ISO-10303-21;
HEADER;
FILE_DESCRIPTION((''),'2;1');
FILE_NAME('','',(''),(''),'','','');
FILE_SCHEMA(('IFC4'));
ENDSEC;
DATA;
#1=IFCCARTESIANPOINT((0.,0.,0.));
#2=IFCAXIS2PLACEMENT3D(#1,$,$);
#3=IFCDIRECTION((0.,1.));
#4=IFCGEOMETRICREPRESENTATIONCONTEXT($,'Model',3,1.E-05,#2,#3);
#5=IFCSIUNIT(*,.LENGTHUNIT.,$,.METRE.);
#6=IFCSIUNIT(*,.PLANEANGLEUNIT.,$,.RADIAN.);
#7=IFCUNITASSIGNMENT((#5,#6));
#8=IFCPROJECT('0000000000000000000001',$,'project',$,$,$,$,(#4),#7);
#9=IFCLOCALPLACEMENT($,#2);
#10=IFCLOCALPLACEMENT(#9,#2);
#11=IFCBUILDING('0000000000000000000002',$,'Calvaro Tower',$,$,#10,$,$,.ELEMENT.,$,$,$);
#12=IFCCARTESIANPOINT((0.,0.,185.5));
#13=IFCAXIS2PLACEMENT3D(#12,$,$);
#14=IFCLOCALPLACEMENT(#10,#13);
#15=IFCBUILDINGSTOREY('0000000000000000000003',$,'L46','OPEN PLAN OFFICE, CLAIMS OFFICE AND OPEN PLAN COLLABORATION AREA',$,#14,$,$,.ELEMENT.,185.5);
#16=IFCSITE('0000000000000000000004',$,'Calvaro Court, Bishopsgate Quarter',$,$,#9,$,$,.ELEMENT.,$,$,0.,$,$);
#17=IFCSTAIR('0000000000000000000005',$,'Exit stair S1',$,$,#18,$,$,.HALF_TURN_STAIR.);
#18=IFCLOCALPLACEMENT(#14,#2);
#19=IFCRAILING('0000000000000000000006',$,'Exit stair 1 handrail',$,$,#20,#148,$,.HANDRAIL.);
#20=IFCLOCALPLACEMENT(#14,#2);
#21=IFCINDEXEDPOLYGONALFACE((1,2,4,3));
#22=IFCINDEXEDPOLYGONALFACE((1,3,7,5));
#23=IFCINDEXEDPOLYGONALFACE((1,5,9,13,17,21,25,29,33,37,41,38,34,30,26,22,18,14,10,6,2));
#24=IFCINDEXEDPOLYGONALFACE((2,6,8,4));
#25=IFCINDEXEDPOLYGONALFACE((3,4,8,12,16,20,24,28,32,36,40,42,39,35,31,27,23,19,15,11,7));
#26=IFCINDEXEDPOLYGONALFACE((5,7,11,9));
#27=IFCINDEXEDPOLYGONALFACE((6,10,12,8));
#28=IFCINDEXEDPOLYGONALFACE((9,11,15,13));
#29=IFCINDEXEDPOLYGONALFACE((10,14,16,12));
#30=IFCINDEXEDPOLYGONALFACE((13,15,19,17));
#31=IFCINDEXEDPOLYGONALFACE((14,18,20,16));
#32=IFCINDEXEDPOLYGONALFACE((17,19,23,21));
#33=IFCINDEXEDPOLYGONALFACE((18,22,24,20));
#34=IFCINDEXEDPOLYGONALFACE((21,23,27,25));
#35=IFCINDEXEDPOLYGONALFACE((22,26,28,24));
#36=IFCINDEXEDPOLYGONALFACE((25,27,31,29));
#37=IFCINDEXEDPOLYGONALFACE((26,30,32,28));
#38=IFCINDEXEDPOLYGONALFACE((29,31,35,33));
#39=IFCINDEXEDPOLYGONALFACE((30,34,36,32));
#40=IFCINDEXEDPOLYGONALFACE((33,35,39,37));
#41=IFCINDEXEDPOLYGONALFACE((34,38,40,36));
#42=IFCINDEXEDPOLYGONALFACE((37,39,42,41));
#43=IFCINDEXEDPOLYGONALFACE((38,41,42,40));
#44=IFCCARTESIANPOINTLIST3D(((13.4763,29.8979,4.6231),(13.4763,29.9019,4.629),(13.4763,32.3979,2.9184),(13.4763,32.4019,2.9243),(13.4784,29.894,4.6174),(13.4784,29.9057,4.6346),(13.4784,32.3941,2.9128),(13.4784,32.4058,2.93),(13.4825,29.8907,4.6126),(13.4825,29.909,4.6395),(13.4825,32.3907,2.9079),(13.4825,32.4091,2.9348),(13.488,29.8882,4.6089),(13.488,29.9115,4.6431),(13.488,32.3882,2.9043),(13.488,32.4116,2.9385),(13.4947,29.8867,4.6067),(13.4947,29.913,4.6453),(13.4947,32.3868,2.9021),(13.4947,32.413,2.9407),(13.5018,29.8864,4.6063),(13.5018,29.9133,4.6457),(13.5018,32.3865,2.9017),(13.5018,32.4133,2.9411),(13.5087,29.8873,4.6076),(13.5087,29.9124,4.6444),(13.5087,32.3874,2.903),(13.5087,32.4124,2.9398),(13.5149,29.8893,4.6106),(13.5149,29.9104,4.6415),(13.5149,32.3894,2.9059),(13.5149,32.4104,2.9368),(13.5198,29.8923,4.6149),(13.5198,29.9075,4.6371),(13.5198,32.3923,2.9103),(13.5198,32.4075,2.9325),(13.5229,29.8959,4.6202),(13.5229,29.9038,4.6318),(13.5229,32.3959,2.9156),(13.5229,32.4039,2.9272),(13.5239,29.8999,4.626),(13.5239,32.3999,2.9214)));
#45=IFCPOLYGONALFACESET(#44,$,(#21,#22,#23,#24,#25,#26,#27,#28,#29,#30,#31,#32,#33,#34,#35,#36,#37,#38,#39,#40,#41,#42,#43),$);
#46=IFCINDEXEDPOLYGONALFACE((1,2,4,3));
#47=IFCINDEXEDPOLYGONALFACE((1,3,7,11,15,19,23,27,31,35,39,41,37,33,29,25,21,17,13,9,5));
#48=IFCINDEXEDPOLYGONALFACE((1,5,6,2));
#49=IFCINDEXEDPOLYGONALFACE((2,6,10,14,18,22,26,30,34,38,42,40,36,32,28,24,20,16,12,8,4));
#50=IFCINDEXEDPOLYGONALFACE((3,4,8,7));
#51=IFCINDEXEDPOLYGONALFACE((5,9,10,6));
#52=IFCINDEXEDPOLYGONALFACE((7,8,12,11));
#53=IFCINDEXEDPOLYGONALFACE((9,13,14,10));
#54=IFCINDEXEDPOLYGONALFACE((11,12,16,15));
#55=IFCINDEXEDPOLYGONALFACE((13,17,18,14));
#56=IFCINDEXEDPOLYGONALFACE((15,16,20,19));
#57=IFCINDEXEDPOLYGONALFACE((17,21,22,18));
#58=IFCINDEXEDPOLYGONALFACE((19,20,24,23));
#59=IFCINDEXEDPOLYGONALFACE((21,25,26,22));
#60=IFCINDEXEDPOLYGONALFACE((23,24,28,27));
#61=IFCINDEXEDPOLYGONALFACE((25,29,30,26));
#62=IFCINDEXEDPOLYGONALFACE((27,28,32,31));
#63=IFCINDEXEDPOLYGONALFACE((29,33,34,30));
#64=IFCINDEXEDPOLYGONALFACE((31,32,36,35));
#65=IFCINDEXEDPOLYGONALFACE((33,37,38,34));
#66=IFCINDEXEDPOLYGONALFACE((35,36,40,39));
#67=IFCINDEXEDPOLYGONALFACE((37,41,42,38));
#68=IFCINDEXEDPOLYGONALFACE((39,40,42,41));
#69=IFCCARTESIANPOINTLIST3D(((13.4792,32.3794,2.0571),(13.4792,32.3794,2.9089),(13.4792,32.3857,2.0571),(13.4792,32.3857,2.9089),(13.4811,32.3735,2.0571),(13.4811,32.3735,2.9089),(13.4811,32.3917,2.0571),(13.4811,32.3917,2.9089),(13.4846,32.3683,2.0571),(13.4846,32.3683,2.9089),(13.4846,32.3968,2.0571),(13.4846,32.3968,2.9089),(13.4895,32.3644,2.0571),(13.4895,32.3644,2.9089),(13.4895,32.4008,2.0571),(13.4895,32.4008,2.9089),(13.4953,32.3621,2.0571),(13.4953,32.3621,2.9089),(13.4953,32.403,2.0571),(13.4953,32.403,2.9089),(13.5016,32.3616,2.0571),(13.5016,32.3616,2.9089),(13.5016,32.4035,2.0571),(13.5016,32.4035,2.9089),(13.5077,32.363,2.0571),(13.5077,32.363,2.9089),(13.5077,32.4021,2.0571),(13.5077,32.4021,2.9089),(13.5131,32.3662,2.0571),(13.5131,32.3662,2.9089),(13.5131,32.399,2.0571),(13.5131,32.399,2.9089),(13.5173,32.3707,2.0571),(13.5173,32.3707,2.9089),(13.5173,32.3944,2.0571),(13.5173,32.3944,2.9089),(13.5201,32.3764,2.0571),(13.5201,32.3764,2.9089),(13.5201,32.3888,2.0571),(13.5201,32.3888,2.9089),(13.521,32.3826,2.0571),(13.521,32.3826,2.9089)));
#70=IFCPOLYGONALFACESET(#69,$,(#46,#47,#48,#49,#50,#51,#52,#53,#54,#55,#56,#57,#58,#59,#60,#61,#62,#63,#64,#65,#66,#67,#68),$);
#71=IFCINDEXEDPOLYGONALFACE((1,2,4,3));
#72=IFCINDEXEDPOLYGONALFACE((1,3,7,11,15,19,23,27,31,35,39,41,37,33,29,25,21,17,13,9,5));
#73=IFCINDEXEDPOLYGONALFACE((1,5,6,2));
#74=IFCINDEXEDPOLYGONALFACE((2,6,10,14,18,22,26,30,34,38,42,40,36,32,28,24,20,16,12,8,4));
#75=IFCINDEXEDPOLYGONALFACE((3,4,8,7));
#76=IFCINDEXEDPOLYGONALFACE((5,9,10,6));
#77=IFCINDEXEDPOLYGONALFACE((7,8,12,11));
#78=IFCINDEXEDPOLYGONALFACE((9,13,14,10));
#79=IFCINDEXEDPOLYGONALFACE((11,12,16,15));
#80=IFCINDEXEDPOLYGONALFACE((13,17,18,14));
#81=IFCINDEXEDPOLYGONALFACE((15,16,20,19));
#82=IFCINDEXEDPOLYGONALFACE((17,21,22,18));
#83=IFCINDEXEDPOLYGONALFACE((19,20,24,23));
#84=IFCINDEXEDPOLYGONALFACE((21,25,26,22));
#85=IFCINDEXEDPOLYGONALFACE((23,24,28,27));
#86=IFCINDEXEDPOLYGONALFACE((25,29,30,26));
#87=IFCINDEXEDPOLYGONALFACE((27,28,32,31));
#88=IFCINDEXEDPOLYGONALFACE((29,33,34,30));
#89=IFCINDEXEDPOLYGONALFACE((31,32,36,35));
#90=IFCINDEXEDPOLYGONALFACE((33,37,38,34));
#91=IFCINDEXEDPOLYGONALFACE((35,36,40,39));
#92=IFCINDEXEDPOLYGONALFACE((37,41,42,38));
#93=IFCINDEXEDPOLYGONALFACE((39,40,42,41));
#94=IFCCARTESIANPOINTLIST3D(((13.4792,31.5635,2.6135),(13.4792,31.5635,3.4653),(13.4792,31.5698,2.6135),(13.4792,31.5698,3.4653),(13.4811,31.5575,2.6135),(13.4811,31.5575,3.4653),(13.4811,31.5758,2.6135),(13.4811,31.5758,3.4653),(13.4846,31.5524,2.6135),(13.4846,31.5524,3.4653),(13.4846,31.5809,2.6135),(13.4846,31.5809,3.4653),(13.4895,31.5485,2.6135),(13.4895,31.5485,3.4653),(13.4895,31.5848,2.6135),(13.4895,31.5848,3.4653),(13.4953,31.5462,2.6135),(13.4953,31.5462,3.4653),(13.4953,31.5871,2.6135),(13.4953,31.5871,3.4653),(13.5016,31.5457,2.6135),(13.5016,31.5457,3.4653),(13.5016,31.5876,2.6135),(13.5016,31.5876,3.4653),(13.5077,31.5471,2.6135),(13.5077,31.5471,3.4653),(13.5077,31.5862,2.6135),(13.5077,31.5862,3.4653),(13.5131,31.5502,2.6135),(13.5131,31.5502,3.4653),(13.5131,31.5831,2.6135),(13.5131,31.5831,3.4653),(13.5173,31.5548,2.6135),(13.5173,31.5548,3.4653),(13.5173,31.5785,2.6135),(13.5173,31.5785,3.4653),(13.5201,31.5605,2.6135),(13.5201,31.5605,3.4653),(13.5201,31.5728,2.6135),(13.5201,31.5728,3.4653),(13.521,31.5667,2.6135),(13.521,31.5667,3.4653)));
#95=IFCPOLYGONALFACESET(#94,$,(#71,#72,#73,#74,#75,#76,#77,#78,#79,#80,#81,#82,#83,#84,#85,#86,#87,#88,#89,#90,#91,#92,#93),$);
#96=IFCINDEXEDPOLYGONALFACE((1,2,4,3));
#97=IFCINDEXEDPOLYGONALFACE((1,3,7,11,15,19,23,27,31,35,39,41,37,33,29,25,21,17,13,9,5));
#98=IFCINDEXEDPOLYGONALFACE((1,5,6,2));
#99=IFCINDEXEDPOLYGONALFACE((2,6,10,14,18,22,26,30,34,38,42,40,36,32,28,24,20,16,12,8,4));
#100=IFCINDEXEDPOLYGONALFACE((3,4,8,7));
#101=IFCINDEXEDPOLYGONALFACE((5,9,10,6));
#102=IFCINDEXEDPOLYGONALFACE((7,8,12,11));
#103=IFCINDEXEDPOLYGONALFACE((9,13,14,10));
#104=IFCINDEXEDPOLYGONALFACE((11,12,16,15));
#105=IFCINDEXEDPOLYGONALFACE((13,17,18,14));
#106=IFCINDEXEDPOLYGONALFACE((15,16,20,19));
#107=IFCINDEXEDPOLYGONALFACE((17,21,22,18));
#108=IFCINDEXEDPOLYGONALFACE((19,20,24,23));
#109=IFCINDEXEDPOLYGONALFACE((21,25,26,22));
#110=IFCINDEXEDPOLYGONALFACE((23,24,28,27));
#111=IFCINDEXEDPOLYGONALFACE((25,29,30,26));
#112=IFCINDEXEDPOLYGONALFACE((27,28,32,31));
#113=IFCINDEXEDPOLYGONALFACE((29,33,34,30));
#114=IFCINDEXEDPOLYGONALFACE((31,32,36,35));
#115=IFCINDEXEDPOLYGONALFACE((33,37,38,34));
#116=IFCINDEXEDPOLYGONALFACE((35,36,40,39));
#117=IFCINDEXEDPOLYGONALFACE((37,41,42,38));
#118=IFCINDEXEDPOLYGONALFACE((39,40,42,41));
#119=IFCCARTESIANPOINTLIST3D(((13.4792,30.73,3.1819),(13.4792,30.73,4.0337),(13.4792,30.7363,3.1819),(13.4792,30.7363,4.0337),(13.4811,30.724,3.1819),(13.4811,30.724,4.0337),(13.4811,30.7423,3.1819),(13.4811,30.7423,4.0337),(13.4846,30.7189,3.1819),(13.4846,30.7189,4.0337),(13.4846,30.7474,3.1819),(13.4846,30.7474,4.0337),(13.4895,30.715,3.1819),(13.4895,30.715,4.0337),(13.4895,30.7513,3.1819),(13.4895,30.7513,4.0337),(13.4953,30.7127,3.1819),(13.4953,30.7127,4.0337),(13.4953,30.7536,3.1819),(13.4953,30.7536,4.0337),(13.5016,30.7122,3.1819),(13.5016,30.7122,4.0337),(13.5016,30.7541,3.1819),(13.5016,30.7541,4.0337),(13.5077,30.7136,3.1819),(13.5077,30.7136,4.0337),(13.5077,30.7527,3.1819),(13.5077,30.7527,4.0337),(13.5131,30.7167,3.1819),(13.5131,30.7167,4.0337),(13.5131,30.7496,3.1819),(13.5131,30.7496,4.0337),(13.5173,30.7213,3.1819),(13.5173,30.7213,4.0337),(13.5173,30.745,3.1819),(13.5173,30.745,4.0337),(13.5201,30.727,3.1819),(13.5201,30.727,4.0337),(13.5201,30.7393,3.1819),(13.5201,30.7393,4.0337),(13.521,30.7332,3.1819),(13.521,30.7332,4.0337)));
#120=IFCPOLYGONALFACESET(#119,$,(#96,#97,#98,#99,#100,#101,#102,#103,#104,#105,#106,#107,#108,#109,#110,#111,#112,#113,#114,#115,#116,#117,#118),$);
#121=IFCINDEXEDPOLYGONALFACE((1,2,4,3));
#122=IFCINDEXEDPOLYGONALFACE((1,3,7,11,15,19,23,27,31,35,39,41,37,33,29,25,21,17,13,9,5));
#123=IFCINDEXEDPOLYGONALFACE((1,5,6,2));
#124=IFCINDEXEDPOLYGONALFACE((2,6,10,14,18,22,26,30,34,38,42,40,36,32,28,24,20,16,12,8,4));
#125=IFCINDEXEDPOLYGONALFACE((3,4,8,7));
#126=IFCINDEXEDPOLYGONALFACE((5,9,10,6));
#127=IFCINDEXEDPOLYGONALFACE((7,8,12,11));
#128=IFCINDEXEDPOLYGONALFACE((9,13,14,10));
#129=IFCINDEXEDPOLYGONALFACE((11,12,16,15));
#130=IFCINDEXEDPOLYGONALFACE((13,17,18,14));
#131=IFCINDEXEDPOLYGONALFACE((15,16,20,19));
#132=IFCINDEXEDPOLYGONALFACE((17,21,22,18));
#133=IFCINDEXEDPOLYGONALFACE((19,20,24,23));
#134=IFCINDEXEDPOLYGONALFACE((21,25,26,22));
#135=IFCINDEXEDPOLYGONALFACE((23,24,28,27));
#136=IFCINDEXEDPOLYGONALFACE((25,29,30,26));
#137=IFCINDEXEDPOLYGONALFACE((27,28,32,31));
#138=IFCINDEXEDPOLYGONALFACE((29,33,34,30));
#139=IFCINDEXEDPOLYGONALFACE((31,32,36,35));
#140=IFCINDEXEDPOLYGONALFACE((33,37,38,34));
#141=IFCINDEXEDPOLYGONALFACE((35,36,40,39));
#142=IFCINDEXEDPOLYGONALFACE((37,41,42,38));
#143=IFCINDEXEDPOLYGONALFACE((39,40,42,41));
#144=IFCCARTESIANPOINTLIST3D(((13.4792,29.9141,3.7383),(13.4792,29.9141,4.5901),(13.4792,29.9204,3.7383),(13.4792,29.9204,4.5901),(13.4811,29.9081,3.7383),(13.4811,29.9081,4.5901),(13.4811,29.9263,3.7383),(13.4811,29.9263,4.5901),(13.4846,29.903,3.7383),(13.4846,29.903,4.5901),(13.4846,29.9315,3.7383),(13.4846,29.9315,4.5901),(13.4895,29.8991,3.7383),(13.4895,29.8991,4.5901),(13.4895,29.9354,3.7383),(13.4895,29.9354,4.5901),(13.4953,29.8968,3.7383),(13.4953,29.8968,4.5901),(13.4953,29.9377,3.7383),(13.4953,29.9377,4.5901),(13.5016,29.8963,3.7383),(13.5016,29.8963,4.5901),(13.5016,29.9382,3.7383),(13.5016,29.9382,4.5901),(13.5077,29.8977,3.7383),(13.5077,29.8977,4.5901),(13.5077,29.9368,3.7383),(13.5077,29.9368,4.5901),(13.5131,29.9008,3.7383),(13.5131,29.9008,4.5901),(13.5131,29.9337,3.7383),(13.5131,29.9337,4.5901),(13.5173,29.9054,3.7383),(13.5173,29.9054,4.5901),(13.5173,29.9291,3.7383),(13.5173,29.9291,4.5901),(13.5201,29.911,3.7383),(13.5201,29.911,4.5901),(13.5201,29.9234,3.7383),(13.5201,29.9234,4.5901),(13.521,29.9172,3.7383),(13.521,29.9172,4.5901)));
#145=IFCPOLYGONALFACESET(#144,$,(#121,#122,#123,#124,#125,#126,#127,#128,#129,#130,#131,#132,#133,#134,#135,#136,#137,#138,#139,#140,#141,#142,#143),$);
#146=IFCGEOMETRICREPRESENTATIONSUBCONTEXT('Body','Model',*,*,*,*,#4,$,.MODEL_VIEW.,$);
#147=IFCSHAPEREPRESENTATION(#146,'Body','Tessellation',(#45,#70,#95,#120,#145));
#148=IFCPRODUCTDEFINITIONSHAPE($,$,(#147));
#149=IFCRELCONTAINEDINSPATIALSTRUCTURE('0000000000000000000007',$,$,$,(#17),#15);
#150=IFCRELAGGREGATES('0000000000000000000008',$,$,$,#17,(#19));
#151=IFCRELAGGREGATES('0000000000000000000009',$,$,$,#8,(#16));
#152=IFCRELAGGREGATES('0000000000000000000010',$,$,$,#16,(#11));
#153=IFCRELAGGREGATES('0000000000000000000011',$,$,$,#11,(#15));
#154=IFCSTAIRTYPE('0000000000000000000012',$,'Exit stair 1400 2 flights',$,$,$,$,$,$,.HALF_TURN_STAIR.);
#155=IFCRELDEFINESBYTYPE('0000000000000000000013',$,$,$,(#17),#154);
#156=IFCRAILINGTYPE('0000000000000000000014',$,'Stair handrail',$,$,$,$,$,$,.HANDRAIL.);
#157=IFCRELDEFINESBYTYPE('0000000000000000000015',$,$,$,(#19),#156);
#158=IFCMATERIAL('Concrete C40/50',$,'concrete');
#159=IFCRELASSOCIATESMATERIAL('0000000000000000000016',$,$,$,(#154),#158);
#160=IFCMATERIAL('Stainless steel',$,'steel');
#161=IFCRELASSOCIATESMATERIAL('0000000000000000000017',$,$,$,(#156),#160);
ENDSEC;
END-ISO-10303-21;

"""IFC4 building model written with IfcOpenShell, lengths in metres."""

from ifc_helpers import new_model, si_unit, direction, frame, origin, origin_2d, place, context, subcontext, project, spatial, circle, extrude, material, type_object, element, aggregate, save


model = new_model("IFC4")

# Units and contexts
model_context = context("Model", 3, precision=1e-05, world=origin(), true_north=direction((0.0, 1.0)))
body_context = subcontext(model_context, "Body", "Model", "MODEL_VIEW")
ifc_project = project(units=[si_unit("LENGTHUNIT", "METRE"), si_unit("PLANEANGLEUNIT", "RADIAN")], contexts=[model_context])

# Site, building, storey
site_placement = place(None, origin())
site = spatial("IfcSite", under=ifc_project, at=site_placement, Name="Calvaro Court, Bishopsgate Quarter", CompositionType="ELEMENT", RefElevation=0.0)
building_placement = place(site_placement, origin())
building = spatial("IfcBuilding", under=site, at=building_placement, Name="Calvaro Tower", CompositionType="ELEMENT")
storey_placement = place(building_placement, frame((0.0, 0.0, 185.5)))
storey = spatial("IfcBuildingStorey", under=building, at=storey_placement, Name="L46", Description="OPEN PLAN OFFICE, CLAIMS OFFICE AND OPEN PLAN COLLABORATION AREA", CompositionType="ELEMENT", Elevation=185.5)

# Stair, railing
ifc_material_1 = material(Name="Concrete C40/50", Category="concrete")
stair_type = type_object("IfcStairType", Name="Exit stair 1400 2 flights", PredefinedType="HALF_TURN_STAIR", material=ifc_material_1)
stair_placement = place(storey_placement, origin())
stair = element("IfcStair", 1, at=stair_placement, inside=storey, type_object=stair_type, Name="Exit stair S1", PredefinedType="HALF_TURN_STAIR")
ifc_material_2 = material(Name="Stainless steel", Category="steel")
railing_type = type_object("IfcRailingType", Name="Stair handrail", PredefinedType="HANDRAIL", material=ifc_material_2)
railing_1_placement = place(storey_placement, frame((13.5, 32.3999, 2.0454)))
railing_1 = element("IfcRailing", 2, at=railing_1_placement, type_object=railing_type, Name="Exit stair 1 handrail", PredefinedType="HANDRAIL", context=body_context, shape_type="SweptSolid", body=[
    extrude(circle(Radius=0.0239, at=origin_2d()), frame((0.0, 0.0, 0.876), z_axis=(0.0, -0.826221, 0.563347), x_axis=(1.0, 0.0, 0.0)), (0.0, 0.0, 1.0), 3.0259),
    extrude(circle(Radius=0.021, at=origin_2d()), frame((0.0, -0.0173, 0.0117)), (0.0, 0.0, 1.0), 0.8518),
    extrude(circle(Radius=0.021, at=origin_2d()), frame((0.0, -0.8333, 0.5681)), (0.0, 0.0, 1.0), 0.8518),
    extrude(circle(Radius=0.021, at=origin_2d()), frame((0.0, -1.6667, 1.1365)), (0.0, 0.0, 1.0), 0.8518),
    extrude(circle(Radius=0.021, at=origin_2d()), frame((0.0, -2.4827, 1.6929)), (0.0, 0.0, 1.0), 0.8518),
])
aggregate(stair, [railing_1])

save(model, "model.ifc")
